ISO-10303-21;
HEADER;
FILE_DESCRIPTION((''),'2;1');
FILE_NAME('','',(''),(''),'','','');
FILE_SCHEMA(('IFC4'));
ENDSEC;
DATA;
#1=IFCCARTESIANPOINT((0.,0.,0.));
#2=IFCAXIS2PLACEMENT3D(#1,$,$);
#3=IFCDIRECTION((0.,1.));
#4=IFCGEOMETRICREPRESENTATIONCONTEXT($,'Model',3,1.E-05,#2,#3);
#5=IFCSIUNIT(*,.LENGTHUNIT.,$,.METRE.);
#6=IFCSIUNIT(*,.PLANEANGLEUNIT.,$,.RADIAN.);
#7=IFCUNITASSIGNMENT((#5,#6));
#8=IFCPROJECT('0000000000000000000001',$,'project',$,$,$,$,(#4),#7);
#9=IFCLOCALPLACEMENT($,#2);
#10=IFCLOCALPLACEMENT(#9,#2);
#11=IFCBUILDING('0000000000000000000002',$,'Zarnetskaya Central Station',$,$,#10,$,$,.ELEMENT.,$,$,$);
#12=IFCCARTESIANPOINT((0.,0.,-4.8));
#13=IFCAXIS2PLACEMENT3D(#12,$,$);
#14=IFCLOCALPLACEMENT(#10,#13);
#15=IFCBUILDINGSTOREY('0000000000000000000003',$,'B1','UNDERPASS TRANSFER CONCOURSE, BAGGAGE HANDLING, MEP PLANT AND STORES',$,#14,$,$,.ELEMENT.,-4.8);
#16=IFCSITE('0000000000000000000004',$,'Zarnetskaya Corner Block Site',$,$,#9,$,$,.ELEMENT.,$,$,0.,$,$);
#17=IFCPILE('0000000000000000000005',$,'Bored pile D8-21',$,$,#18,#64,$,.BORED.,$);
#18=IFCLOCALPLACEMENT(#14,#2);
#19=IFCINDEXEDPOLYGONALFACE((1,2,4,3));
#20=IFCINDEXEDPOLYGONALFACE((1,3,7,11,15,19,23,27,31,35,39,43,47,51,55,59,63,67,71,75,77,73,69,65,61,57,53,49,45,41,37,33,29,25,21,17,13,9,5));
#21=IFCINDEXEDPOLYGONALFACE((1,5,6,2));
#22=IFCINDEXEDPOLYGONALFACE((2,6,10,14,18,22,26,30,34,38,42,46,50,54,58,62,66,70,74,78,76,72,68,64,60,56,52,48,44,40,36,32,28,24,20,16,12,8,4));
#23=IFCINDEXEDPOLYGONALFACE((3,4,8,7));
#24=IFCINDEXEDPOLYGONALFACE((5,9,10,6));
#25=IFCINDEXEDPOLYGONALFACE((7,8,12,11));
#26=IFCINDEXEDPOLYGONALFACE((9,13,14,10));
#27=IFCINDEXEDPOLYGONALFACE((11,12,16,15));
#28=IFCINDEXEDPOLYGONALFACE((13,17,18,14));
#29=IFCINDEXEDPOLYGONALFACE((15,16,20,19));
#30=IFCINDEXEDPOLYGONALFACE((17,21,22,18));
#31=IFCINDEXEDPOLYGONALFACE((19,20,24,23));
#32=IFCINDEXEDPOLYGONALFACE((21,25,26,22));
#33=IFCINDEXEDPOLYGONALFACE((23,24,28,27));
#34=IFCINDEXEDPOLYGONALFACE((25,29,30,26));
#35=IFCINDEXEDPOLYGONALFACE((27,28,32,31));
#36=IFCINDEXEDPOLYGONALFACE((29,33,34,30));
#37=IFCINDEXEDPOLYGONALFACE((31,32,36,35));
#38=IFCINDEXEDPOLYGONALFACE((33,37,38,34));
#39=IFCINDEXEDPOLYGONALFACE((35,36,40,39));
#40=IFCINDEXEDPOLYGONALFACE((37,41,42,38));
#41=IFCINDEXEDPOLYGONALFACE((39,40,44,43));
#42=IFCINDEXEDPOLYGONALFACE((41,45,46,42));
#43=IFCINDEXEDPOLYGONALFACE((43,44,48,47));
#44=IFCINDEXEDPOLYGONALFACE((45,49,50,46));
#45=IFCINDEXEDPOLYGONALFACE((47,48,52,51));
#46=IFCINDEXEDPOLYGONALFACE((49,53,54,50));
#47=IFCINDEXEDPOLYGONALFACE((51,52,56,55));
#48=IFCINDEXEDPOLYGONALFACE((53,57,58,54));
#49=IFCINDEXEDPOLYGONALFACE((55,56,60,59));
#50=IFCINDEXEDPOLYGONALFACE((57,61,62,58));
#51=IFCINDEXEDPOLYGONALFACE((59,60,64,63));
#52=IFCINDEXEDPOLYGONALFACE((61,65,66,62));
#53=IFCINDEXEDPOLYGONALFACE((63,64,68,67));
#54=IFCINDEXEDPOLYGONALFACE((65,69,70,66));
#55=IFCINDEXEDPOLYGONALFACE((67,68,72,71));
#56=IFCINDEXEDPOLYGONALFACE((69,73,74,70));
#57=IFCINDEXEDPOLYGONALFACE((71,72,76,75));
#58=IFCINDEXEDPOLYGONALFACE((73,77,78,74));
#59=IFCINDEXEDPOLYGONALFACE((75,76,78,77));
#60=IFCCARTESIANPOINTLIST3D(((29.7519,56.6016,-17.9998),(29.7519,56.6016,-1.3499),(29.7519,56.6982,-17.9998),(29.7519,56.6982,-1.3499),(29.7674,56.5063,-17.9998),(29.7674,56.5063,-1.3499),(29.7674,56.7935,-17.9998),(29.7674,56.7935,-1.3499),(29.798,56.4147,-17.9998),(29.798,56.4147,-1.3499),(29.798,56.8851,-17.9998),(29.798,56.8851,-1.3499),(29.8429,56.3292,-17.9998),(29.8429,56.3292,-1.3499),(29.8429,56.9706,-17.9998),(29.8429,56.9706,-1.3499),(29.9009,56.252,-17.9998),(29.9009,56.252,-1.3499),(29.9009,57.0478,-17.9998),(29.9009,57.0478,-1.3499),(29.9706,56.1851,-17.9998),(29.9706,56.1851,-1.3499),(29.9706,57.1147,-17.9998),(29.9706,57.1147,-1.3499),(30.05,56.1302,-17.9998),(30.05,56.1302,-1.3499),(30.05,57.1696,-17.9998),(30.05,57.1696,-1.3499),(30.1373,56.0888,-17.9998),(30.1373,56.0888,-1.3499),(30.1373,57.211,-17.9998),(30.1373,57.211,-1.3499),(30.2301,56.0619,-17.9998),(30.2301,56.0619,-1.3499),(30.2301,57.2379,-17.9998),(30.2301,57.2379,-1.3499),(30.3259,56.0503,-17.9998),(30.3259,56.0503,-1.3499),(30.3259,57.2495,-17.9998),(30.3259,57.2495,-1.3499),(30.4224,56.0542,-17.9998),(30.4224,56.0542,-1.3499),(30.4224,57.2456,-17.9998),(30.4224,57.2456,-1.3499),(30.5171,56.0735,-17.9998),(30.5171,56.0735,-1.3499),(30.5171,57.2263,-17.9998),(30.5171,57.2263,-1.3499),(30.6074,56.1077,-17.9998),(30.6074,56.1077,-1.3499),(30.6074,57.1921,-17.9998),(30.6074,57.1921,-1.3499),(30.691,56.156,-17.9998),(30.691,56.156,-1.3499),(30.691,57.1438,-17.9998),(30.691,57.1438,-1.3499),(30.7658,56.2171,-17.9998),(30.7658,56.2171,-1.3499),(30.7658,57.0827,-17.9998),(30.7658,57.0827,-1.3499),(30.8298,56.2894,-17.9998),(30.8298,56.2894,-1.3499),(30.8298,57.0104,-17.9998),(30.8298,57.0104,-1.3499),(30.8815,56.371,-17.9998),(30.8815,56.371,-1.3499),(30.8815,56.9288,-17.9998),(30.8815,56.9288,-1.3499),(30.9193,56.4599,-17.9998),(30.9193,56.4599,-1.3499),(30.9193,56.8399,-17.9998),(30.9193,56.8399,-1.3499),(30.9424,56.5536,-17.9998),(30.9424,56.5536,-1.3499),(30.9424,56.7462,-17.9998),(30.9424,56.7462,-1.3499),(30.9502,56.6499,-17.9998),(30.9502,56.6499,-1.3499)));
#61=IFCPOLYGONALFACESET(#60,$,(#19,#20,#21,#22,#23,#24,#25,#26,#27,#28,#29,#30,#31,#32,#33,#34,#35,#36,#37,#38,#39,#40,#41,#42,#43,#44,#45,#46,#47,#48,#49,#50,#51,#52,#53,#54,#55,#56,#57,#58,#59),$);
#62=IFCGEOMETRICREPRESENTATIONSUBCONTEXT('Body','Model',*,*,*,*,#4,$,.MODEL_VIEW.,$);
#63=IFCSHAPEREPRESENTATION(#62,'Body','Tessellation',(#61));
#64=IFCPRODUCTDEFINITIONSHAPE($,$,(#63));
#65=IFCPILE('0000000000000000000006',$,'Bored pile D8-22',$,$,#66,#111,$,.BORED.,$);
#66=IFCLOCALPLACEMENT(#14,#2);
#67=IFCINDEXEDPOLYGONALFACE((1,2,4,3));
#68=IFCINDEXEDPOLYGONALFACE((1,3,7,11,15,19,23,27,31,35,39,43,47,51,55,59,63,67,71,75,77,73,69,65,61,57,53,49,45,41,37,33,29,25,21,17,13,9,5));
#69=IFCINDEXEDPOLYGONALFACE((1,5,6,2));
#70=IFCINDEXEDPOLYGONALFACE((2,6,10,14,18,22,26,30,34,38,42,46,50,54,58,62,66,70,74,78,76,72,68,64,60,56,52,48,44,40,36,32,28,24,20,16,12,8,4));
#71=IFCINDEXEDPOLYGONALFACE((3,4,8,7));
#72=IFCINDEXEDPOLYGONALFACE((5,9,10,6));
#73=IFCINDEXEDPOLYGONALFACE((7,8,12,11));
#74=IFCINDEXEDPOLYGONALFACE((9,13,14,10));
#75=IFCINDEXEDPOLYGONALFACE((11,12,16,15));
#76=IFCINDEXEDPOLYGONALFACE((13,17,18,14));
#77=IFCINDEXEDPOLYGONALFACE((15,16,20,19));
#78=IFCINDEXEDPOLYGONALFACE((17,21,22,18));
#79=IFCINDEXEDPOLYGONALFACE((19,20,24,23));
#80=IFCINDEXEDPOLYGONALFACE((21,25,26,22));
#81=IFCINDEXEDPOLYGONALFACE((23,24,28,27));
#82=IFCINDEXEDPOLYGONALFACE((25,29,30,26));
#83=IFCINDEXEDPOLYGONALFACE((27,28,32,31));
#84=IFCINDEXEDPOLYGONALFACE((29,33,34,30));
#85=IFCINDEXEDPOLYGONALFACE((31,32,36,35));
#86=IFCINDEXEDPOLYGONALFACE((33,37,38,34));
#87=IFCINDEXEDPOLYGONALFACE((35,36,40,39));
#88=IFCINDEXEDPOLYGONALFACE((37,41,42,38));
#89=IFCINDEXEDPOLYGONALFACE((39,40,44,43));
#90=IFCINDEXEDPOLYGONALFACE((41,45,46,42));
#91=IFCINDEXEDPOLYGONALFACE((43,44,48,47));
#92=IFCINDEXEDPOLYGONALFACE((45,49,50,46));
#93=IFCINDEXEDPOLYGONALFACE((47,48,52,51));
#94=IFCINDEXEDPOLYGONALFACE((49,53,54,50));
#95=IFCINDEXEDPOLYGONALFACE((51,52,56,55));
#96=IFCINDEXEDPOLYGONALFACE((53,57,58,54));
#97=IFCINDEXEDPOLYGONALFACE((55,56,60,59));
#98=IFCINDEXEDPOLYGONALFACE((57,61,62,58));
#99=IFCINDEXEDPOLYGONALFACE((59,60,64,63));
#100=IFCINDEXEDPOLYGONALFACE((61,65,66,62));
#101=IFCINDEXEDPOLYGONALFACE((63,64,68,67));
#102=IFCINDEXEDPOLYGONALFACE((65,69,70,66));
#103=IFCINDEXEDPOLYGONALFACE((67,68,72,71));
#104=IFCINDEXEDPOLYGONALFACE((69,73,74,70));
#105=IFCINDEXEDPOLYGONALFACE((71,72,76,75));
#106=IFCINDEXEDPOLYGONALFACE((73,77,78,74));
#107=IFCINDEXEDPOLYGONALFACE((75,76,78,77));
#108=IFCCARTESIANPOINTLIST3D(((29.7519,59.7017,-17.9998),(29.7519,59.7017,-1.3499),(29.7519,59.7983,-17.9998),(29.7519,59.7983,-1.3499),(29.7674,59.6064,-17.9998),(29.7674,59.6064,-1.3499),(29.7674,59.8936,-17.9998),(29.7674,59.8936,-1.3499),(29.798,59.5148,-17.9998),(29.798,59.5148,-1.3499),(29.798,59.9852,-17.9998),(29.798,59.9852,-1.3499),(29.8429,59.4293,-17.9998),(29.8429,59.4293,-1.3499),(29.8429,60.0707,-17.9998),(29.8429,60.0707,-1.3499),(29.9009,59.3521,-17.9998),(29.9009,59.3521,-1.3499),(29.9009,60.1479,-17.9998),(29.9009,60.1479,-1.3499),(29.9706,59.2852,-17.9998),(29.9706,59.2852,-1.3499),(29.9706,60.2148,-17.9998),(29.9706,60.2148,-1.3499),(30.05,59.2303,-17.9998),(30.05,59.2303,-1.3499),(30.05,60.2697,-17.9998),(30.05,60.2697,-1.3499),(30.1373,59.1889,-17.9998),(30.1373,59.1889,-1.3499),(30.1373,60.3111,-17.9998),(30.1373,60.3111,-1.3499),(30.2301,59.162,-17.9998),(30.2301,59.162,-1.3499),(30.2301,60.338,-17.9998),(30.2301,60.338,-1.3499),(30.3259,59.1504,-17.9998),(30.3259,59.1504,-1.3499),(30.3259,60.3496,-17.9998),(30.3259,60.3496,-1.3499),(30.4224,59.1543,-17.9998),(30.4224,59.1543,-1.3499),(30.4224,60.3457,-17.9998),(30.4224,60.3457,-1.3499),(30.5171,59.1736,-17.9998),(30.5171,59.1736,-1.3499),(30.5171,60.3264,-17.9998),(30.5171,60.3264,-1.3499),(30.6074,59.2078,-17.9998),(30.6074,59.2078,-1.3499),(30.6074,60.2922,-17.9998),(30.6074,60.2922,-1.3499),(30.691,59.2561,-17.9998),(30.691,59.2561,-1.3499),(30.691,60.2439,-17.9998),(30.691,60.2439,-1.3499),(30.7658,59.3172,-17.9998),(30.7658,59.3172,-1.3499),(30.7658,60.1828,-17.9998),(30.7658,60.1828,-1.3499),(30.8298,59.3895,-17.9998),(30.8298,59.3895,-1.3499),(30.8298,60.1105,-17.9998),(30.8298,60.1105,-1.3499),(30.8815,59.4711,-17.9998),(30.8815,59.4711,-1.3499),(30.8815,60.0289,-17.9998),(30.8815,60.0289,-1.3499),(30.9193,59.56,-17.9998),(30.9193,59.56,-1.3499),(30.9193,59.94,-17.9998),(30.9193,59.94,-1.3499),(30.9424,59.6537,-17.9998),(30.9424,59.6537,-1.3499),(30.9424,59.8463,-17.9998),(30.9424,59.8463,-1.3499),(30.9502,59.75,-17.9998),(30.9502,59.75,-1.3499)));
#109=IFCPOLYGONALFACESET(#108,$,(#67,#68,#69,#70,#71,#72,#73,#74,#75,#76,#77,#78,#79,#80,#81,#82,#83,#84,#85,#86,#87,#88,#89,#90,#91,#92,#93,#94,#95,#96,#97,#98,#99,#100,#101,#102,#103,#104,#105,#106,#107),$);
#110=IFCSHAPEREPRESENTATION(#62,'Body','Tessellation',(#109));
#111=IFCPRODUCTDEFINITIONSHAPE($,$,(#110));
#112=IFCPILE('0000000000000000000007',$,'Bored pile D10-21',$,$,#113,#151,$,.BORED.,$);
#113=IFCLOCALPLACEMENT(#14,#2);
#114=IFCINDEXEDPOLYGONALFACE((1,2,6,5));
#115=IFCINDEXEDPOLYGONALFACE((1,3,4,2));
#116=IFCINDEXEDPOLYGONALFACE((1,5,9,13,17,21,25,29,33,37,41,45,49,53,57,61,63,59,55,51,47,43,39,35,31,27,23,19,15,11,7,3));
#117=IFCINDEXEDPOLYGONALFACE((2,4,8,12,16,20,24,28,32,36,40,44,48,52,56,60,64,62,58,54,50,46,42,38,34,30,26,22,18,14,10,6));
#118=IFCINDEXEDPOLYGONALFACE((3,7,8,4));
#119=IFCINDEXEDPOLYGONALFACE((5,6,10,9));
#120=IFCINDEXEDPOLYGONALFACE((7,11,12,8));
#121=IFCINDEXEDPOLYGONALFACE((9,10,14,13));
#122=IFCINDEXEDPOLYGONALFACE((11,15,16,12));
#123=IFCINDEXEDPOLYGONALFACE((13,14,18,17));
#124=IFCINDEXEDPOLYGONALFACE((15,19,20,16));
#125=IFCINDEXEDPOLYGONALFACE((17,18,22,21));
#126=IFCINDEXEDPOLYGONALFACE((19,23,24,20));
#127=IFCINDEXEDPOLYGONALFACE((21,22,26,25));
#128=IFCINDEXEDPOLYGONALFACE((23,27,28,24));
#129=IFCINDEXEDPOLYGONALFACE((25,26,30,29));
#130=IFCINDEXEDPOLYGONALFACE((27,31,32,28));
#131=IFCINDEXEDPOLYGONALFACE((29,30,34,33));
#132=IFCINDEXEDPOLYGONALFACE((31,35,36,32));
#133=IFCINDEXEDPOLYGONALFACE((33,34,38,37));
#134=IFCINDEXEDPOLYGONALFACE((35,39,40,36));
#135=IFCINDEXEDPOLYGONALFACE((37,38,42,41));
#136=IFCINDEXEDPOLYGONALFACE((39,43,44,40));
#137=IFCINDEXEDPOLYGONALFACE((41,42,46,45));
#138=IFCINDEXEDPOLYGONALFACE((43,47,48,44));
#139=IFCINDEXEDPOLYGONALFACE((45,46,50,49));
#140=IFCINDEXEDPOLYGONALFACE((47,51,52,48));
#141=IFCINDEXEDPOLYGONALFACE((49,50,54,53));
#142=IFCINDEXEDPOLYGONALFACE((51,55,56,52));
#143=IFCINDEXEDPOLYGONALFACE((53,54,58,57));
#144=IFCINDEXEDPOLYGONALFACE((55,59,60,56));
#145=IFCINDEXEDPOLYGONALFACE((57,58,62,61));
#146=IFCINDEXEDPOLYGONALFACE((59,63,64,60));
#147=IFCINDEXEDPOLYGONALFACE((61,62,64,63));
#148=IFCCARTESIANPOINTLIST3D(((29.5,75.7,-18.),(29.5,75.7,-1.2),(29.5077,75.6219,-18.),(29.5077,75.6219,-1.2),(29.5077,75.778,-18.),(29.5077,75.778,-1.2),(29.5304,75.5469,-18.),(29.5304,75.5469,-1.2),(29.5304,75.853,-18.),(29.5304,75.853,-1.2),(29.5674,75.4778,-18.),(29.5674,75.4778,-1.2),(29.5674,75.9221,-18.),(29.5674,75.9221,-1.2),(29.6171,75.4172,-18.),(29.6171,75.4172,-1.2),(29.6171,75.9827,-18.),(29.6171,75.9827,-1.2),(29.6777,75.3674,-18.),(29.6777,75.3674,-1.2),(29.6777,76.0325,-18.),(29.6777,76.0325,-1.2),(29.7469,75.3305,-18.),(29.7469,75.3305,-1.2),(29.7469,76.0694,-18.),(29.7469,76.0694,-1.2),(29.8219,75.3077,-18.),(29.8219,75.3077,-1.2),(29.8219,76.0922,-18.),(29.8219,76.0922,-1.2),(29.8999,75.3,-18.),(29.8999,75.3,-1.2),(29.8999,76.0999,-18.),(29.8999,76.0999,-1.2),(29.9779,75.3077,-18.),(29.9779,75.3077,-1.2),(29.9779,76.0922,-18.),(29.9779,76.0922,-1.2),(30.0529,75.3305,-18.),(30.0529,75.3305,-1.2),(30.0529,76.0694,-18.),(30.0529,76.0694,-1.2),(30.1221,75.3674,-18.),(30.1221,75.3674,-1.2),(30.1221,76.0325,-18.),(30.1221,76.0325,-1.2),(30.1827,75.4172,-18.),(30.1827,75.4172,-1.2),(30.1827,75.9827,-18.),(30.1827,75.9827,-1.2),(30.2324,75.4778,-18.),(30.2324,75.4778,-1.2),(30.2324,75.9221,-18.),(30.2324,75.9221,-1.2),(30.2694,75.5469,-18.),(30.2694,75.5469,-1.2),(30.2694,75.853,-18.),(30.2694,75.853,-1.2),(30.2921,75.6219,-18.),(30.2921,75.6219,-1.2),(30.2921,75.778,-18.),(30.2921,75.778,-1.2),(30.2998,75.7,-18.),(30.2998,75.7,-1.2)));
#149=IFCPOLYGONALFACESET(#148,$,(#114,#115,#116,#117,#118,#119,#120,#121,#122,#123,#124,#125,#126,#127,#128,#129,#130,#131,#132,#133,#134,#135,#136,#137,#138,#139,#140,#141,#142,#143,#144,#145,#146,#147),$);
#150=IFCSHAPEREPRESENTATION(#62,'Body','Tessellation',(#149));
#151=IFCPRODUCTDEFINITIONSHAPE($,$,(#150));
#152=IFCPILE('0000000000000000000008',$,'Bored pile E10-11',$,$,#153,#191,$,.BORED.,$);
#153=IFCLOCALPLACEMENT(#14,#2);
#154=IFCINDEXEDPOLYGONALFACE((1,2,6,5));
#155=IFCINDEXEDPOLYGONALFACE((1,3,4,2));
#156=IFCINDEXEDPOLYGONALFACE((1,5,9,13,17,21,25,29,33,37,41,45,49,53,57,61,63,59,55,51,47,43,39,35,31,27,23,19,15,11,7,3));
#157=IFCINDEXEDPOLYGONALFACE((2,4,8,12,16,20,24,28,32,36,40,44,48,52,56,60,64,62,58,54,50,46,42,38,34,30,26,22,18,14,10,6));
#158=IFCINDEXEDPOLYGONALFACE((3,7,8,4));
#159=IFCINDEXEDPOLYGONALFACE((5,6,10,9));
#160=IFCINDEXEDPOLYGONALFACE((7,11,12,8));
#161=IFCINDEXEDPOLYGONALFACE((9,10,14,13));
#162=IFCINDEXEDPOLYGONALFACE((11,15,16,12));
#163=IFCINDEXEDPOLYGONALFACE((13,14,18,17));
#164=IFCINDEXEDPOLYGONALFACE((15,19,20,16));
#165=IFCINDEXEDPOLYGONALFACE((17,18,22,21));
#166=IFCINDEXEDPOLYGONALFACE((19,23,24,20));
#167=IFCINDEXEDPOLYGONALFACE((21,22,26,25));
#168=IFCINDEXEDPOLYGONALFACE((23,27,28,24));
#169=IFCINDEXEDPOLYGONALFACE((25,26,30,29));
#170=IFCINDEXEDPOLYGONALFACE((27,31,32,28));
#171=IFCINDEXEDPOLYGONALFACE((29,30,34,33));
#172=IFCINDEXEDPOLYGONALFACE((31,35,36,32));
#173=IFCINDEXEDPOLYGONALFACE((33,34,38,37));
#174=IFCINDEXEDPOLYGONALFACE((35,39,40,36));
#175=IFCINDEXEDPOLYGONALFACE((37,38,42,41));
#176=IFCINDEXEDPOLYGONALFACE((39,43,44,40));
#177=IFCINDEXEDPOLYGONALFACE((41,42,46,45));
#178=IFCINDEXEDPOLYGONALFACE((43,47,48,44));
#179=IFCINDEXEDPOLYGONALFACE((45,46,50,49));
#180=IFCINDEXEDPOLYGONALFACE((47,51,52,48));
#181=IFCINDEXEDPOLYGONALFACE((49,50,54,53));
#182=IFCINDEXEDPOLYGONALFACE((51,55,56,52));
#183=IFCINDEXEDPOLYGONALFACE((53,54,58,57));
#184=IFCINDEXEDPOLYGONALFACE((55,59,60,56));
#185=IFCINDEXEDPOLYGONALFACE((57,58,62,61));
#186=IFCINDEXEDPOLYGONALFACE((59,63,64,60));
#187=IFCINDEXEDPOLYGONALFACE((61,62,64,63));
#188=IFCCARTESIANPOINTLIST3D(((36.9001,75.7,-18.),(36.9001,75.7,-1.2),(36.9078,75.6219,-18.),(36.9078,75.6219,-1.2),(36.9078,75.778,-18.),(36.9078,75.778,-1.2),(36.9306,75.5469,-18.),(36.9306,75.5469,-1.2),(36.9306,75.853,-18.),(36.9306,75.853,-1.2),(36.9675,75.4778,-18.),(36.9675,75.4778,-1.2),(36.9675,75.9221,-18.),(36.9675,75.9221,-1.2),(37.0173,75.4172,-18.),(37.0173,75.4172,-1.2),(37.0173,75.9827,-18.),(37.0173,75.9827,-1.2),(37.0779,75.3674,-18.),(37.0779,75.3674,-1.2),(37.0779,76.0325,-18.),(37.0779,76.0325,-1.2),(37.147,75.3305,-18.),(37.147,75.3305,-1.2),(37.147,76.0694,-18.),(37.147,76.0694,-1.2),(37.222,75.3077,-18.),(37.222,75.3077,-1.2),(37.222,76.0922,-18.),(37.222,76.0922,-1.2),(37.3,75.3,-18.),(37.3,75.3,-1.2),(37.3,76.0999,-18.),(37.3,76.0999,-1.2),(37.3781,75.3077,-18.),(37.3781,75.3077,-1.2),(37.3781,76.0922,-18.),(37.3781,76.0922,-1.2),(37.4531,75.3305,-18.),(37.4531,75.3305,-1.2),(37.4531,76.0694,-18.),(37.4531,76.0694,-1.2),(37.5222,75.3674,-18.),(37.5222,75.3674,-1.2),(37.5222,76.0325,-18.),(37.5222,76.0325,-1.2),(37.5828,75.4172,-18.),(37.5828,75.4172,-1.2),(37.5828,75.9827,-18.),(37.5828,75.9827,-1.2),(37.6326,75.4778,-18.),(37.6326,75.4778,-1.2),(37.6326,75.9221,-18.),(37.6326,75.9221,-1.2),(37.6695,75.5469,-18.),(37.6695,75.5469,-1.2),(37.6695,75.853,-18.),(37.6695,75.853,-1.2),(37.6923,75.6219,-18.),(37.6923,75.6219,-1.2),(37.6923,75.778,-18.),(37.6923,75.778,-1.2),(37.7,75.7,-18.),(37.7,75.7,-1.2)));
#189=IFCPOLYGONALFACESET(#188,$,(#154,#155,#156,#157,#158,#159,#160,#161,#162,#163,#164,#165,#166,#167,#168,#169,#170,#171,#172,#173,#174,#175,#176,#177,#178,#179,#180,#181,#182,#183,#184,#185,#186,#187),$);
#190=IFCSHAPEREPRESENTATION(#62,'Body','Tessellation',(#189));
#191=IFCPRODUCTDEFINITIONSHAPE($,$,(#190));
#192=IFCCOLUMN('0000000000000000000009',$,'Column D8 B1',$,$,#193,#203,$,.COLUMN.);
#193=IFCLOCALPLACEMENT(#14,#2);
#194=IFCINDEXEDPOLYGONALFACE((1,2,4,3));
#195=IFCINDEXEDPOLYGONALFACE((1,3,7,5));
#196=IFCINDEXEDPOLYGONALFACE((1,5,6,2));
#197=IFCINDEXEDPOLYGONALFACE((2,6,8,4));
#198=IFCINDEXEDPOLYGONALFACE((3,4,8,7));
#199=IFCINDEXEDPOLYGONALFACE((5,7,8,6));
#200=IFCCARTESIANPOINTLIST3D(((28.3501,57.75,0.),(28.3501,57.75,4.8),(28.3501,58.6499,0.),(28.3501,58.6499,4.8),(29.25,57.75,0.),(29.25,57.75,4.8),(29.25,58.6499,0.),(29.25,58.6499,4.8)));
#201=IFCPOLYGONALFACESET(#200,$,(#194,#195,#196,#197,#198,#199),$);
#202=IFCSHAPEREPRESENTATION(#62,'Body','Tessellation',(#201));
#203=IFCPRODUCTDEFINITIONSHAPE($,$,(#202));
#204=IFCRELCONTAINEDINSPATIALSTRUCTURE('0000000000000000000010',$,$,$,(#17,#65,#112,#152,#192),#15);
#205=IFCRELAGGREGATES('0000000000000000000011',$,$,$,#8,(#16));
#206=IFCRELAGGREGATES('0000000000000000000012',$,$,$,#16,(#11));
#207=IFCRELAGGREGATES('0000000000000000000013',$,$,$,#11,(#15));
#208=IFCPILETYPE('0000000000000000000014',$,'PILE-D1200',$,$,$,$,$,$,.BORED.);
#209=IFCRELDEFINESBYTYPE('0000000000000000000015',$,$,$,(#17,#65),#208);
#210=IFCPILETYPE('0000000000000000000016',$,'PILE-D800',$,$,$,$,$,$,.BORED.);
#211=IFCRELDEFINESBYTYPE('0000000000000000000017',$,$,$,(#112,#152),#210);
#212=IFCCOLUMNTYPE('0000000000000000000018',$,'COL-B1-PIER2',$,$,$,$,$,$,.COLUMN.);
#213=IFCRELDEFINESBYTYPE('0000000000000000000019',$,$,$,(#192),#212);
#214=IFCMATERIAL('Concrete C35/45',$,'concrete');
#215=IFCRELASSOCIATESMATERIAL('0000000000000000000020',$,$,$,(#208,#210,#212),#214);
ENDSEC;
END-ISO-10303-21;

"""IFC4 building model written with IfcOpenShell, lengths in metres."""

from ifc_helpers import new_model, si_unit, direction, frame, origin, origin_2d, place, context, subcontext, project, spatial, rectangle, circle, extrude, material, material_profile, profile_set, type_object, element, save


model = new_model("IFC4")

# Units and contexts
model_context = context("Model", 3, precision=1e-05, world=origin(), true_north=direction((0.0, 1.0)))
body_context = subcontext(model_context, "Body", "Model", "MODEL_VIEW")
ifc_project = project(units=[si_unit("LENGTHUNIT", "METRE"), si_unit("PLANEANGLEUNIT", "RADIAN")], contexts=[model_context])

# Site, building, storey
site_placement = place(None, origin())
site = spatial("IfcSite", under=ifc_project, at=site_placement, Name="Zarnetskaya Corner Block Site", CompositionType="ELEMENT", RefElevation=0.0)
building_placement = place(site_placement, origin())
building = spatial("IfcBuilding", under=site, at=building_placement, Name="Zarnetskaya Central Station", CompositionType="ELEMENT")
storey_placement = place(building_placement, frame((0.0, 0.0, -4.8)))
storey = spatial("IfcBuildingStorey", under=building, at=storey_placement, Name="B1", Description="UNDERPASS TRANSFER CONCOURSE, BAGGAGE HANDLING, MEP PLANT AND STORES", CompositionType="ELEMENT", Elevation=-4.8)

# Shared definitions
ifc_material = material(Name="Concrete C35/45", Category="concrete")

# Piles
ifc_material_profile_1 = material_profile(ifc_material, circle(Radius=0.6001, at=origin_2d()), Name="BORED PILE D1200")
ifc_profile_set_1 = profile_set([ifc_material_profile_1], Name="Concrete C35/45")
pile_type_1 = type_object("IfcPileType", Name="PILE-D1200", PredefinedType="BORED", material=ifc_profile_set_1)
for number, where, z_axis, x_axis, name in (
    (1, (30.3501, 56.6499, -1.3499), (0.0, 0.0, -1.0), (1.0, 0.0, 0.0), "Bored pile D8-21"),
    (2, (30.3501, 59.75, -1.3499), (0.0, 0.0, -1.0), (1.0, 0.0, 0.0), "Bored pile D8-22"),
):
    element("IfcPile", number, at=place(storey_placement, frame(where, z_axis=z_axis, x_axis=x_axis)), inside=storey, type_object=pile_type_1, Name=name, PredefinedType="BORED", context=body_context, shape_type="SweptSolid", body=[
        extrude(circle(Radius=0.6001, at=origin_2d()), origin(), (0.0, 0.0, 1.0), 16.6499),
    ])
ifc_material_profile_2 = material_profile(ifc_material, circle(Radius=0.3999, at=origin_2d()), Name="BORED PILE D800")
ifc_profile_set_2 = profile_set([ifc_material_profile_2], Name="Concrete C35/45")
pile_type_2 = type_object("IfcPileType", Name="PILE-D800", PredefinedType="BORED", material=ifc_profile_set_2)
for number, where, z_axis, x_axis, name in (
    (3, (29.8999, 75.7, -1.2), (0.0, 0.0, -1.0), (1.0, 0.0, 0.0), "Bored pile D10-21"),
    (4, (37.3, 75.7, -1.2), (0.0, 0.0, -1.0), (1.0, 0.0, 0.0), "Bored pile E10-11"),
):
    element("IfcPile", number, at=place(storey_placement, frame(where, z_axis=z_axis, x_axis=x_axis)), inside=storey, type_object=pile_type_2, Name=name, PredefinedType="BORED", context=body_context, shape_type="SweptSolid", body=[
        extrude(circle(Radius=0.3999, at=origin_2d()), origin(), (0.0, 0.0, 1.0), 16.8),
    ])

# Column
ifc_material_profile_3 = material_profile(ifc_material, rectangle(XDim=0.8999, YDim=0.8999, at=origin_2d()), Name="RC 900x900")
ifc_profile_set_3 = profile_set([ifc_material_profile_3], Name="Concrete C35/45")
column_type_1 = type_object("IfcColumnType", Name="COL-B1-PIER2", PredefinedType="COLUMN", material=ifc_profile_set_3)
column_1_placement = place(storey_placement, frame((28.8, 58.2, 0.0), z_axis=(0.0, 0.0, 1.0), x_axis=(1.0, 0.0, 0.0)))
element("IfcColumn", 5, at=column_1_placement, inside=storey, type_object=column_type_1, Name="Column D8 B1", PredefinedType="COLUMN", context=body_context, shape_type="SweptSolid", body=[
    extrude(rectangle(XDim=0.8999, YDim=0.8999, at=origin_2d()), origin(), (0.0, 0.0, 1.0), 4.8),
])

save(model, "model.ifc")
